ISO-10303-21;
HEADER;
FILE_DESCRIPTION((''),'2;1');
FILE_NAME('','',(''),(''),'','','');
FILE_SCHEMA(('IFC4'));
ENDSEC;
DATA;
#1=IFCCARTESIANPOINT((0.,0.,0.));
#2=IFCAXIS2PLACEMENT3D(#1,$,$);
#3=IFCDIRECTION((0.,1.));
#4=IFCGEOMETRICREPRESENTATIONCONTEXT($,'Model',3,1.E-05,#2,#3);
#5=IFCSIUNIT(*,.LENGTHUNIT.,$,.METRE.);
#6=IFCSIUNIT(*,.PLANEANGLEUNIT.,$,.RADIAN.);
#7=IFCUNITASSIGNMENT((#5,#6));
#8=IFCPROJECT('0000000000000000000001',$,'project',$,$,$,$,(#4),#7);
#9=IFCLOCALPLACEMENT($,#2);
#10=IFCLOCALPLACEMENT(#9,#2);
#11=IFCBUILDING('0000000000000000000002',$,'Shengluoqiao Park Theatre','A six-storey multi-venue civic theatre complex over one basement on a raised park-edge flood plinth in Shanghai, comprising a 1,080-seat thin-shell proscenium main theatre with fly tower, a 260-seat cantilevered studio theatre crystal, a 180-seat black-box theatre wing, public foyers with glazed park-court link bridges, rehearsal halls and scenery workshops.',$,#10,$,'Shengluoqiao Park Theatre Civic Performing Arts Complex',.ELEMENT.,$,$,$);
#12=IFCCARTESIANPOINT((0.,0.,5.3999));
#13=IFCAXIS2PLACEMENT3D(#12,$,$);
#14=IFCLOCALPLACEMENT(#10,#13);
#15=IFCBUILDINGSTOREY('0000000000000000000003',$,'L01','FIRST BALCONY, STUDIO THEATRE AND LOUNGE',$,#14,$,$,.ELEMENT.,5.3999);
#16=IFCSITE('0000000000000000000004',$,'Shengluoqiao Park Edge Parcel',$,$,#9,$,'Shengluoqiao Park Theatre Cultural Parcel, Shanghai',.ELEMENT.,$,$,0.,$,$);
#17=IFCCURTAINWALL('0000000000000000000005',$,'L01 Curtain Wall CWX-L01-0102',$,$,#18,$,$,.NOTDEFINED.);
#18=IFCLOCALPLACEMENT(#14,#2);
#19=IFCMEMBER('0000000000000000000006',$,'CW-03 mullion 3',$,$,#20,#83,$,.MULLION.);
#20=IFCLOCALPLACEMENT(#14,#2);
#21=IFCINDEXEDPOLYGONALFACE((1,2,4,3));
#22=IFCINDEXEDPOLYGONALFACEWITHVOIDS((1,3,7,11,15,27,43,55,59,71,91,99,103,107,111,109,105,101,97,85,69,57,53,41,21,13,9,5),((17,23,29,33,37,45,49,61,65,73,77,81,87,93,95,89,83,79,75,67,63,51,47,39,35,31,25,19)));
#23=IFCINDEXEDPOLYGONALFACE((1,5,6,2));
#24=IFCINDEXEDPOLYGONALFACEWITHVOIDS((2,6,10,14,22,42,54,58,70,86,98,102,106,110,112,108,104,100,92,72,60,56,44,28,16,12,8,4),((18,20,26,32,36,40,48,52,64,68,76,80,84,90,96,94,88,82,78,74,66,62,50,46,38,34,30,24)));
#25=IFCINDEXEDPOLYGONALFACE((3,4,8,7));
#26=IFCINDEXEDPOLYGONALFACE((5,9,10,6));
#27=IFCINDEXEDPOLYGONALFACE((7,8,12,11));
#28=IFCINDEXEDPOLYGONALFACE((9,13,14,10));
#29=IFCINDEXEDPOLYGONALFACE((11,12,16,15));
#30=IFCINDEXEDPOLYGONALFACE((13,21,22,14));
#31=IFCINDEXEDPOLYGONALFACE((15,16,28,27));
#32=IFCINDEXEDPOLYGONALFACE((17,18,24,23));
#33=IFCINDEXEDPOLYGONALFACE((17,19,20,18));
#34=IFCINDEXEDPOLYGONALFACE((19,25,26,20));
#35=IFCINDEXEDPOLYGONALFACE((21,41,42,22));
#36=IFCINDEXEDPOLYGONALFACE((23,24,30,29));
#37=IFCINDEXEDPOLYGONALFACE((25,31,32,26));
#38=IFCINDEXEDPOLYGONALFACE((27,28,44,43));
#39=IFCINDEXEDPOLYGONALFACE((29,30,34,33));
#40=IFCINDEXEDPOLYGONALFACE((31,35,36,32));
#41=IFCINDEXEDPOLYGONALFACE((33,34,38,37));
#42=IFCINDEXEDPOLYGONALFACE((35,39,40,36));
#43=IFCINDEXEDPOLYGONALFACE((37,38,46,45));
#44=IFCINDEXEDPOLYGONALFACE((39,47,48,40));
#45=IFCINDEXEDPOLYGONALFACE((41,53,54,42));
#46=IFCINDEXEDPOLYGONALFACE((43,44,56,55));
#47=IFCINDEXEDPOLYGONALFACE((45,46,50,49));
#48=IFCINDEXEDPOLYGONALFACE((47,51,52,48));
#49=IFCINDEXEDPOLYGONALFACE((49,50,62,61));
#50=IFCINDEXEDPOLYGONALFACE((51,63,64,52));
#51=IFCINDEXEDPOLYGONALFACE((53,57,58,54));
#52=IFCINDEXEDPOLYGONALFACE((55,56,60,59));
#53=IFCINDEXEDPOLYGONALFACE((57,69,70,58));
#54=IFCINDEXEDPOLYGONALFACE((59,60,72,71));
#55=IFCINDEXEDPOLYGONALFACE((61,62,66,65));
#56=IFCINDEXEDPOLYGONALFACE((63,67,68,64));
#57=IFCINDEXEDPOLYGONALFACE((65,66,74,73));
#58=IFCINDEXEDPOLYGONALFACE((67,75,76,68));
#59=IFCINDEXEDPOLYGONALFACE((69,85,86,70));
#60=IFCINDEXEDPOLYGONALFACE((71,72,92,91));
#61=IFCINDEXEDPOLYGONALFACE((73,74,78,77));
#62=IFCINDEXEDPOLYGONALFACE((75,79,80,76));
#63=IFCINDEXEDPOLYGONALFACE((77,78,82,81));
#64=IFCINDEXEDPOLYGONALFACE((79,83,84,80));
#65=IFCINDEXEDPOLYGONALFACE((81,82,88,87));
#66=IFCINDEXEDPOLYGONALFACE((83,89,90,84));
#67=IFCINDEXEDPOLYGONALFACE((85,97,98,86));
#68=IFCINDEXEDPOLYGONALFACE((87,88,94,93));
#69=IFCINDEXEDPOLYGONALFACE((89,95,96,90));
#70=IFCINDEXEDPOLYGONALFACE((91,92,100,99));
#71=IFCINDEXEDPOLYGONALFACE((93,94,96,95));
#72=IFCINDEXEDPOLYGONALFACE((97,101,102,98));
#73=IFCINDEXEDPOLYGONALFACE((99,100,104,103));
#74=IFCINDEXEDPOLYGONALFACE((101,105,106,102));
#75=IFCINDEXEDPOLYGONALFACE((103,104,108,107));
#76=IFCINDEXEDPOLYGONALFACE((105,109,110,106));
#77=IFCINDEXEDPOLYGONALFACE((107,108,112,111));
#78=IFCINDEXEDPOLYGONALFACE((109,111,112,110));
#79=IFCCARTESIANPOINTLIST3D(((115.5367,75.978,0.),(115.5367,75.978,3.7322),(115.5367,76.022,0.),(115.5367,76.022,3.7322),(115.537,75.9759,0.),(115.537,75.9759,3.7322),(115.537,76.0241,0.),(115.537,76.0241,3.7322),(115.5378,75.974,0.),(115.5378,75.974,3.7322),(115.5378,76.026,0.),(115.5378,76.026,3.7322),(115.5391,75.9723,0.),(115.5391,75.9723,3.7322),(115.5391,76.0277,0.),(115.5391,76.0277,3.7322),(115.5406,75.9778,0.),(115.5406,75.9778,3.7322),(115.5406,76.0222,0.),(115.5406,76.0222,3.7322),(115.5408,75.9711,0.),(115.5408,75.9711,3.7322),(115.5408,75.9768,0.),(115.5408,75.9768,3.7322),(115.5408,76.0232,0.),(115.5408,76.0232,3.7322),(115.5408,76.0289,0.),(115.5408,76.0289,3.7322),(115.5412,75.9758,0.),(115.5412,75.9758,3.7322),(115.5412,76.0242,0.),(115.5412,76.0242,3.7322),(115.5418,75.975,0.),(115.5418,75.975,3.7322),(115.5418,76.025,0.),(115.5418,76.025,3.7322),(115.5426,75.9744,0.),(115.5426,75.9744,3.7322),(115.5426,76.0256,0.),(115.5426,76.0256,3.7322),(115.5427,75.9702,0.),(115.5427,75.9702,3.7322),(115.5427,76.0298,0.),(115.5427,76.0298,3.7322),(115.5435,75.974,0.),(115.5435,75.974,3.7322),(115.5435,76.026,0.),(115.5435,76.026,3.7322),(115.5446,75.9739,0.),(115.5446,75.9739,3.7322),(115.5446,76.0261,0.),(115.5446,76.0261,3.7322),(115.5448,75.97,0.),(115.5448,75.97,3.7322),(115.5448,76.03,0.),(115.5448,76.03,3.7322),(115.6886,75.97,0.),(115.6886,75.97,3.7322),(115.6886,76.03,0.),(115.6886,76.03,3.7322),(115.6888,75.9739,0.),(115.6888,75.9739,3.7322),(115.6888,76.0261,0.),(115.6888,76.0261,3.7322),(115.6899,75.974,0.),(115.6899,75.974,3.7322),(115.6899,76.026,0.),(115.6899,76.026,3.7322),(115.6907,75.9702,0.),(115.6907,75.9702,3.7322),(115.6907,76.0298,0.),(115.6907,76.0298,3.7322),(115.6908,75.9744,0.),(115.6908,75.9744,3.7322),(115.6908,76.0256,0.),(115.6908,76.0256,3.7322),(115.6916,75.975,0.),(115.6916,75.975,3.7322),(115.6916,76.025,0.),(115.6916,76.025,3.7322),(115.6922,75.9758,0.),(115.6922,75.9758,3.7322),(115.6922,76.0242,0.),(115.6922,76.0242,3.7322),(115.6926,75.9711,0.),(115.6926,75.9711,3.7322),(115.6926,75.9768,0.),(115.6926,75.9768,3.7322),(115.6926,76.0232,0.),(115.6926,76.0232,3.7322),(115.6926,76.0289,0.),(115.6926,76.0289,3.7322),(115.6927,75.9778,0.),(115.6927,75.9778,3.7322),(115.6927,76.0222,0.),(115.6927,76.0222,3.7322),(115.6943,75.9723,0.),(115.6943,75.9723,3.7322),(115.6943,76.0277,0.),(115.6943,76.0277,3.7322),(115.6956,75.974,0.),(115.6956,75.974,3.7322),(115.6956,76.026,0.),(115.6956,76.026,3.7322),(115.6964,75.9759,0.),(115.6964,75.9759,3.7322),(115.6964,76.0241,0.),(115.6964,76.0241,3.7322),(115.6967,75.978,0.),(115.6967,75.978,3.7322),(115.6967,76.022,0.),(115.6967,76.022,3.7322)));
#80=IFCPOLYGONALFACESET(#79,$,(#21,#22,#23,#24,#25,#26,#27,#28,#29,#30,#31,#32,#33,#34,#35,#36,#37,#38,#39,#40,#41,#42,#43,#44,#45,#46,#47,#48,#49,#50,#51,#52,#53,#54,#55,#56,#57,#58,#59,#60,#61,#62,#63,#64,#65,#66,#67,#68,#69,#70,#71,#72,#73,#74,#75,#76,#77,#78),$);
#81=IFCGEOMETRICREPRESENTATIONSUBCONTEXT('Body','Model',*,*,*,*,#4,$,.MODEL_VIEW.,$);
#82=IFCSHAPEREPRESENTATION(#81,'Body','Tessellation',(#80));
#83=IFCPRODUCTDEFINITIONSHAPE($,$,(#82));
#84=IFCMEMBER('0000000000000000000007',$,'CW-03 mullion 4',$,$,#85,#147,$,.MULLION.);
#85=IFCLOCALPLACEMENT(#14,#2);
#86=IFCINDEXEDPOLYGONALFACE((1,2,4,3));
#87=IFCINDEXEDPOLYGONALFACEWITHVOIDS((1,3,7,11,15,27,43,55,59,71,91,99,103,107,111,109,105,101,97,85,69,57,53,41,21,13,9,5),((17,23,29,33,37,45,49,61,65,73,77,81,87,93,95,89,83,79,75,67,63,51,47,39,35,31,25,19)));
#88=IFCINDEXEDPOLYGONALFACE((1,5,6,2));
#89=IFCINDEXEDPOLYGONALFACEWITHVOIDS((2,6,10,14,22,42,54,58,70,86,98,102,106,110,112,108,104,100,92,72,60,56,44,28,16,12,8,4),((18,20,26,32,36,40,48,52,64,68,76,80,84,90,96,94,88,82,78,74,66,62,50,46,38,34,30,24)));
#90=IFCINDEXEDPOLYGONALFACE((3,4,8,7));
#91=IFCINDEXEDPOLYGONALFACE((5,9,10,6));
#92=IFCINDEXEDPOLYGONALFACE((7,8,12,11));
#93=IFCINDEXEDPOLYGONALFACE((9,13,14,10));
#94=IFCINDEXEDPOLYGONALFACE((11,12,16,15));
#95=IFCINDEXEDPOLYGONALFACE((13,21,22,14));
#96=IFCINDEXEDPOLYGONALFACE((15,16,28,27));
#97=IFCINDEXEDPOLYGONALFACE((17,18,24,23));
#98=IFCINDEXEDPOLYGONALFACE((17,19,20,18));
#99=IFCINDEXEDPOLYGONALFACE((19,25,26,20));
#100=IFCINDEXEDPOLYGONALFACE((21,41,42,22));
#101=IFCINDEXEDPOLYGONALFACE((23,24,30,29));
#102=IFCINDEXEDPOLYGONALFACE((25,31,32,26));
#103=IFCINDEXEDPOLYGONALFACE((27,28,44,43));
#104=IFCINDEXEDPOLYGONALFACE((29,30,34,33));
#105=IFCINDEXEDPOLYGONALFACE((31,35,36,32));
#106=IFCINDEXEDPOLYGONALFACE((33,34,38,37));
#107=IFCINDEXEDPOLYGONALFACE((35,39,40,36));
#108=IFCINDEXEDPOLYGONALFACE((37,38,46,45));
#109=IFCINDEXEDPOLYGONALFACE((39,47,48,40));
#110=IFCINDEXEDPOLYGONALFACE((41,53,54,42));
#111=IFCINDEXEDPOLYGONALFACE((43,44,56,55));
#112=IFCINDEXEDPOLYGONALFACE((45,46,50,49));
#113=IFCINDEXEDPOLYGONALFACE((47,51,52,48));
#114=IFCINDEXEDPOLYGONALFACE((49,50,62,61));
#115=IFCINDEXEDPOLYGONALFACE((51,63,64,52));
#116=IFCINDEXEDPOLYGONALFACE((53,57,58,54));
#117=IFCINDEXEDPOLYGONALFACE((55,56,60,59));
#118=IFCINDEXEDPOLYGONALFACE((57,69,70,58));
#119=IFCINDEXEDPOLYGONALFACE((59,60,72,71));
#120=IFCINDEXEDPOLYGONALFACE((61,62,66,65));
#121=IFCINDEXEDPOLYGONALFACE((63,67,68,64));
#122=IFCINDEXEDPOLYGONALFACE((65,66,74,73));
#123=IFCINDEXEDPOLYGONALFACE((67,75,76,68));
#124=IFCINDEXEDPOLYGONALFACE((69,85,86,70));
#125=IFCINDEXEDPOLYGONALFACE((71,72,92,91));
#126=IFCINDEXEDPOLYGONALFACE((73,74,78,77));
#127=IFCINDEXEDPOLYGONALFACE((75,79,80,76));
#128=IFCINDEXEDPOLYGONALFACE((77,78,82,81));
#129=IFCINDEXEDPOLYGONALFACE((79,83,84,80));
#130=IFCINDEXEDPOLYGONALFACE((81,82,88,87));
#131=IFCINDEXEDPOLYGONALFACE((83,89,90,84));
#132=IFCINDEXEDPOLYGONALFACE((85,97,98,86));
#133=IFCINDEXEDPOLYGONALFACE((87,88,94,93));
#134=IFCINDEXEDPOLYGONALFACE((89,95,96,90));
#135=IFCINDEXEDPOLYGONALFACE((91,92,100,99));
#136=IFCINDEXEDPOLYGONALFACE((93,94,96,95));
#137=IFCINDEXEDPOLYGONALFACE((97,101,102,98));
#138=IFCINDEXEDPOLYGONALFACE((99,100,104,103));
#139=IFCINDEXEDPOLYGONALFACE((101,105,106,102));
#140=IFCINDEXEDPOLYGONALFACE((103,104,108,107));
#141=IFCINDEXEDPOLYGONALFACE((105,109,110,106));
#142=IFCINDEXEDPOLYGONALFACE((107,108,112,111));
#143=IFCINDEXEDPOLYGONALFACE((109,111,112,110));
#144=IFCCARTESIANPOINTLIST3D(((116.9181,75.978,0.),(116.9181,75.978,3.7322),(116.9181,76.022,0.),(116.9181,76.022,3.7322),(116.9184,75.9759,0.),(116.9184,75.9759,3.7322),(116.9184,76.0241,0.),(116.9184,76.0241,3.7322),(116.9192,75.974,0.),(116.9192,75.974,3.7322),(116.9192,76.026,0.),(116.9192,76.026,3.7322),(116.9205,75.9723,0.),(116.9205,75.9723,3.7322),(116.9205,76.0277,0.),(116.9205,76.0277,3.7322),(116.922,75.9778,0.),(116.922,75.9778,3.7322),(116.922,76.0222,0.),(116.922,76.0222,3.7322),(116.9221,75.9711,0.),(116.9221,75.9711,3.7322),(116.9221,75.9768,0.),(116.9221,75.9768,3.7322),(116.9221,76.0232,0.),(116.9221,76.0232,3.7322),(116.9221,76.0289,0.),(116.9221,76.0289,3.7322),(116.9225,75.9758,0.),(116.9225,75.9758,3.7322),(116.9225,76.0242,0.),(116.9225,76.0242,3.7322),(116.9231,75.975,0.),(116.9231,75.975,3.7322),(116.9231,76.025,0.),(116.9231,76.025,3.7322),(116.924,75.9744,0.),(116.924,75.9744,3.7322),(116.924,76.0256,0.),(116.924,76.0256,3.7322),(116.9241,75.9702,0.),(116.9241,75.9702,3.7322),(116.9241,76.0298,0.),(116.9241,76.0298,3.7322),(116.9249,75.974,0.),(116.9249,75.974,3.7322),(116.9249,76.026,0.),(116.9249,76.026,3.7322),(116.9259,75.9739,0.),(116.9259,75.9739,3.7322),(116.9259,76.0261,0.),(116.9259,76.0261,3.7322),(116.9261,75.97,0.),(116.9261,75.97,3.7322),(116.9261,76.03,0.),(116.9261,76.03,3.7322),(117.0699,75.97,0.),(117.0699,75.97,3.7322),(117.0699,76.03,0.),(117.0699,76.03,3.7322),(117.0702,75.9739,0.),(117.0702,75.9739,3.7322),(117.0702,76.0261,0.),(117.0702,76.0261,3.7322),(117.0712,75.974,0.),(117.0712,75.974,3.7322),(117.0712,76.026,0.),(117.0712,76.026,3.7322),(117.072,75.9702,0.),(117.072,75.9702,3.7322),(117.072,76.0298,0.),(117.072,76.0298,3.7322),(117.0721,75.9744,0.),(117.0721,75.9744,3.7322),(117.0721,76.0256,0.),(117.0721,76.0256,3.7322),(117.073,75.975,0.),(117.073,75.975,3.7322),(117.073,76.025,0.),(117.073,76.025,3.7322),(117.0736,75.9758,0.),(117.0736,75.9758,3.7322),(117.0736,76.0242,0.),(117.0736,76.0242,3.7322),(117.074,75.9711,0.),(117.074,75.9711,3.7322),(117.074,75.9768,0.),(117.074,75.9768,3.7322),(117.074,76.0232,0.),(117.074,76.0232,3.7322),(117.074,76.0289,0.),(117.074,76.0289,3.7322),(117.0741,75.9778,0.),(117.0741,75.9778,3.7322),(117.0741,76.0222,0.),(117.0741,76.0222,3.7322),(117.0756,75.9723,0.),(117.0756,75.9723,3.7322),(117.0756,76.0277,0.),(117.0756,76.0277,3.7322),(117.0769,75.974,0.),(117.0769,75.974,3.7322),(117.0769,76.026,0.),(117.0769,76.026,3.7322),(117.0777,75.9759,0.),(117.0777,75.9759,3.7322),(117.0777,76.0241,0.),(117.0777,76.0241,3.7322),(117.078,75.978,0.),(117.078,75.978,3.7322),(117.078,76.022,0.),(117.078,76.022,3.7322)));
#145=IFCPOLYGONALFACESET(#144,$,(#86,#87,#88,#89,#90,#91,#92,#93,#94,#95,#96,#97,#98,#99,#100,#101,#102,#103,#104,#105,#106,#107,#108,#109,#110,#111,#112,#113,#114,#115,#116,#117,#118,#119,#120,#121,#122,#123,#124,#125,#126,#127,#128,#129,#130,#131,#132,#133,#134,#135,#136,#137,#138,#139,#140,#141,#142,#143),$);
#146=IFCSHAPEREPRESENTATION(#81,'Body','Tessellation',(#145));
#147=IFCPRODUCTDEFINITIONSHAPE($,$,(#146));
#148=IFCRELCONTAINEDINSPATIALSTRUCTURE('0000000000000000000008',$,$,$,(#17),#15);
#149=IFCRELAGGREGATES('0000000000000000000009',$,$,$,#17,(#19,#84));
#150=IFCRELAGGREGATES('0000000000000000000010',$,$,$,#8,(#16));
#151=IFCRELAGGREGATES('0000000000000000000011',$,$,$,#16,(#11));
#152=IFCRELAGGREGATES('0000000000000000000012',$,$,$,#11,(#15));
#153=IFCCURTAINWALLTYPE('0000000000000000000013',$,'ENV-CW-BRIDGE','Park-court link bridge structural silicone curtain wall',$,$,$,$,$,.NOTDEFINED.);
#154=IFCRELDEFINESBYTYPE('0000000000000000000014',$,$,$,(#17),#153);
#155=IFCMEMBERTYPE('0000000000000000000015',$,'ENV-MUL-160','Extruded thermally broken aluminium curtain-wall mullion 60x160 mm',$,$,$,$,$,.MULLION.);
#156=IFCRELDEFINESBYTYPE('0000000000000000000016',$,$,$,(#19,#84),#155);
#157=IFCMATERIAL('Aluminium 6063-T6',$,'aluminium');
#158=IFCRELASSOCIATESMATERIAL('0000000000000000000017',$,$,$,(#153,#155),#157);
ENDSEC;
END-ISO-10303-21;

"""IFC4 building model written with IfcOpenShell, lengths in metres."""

from ifc_helpers import new_model, si_unit, direction, frame, origin, origin_2d, place, context, subcontext, project, spatial, hollow_rectangle, extrude, material, material_profile, profile_set, type_object, element, aggregate, save


model = new_model("IFC4")

# Units and contexts
model_context = context("Model", 3, precision=1e-05, world=origin(), true_north=direction((0.0, 1.0)))
body_context = subcontext(model_context, "Body", "Model", "MODEL_VIEW")
ifc_project = project(units=[si_unit("LENGTHUNIT", "METRE"), si_unit("PLANEANGLEUNIT", "RADIAN")], contexts=[model_context])

# Site, building, storey
site_placement = place(None, origin())
site = spatial("IfcSite", under=ifc_project, at=site_placement, Name="Shengluoqiao Park Edge Parcel", LongName="Shengluoqiao Park Theatre Cultural Parcel, Shanghai", CompositionType="ELEMENT", RefElevation=0.0)
building_placement = place(site_placement, origin())
building = spatial("IfcBuilding", under=site, at=building_placement, Name="Shengluoqiao Park Theatre", Description="A six-storey multi-venue civic theatre complex over one basement on a raised park-edge flood plinth in Shanghai, comprising a 1,080-seat thin-shell proscenium main theatre with fly tower, a 260-seat cantilevered studio theatre crystal, a 180-seat black-box theatre wing, public foyers with glazed park-court link bridges, rehearsal halls and scenery workshops.", LongName="Shengluoqiao Park Theatre Civic Performing Arts Complex", CompositionType="ELEMENT")
storey_placement = place(building_placement, frame((0.0, 0.0, 5.3999)))
storey = spatial("IfcBuildingStorey", under=building, at=storey_placement, Name="L01", Description="FIRST BALCONY, STUDIO THEATRE AND LOUNGE", CompositionType="ELEMENT", Elevation=5.3999)

# Curtain wall, members
ifc_material_1 = material(Name="Aluminium 6063-T6", Category="aluminium")
curtain_wall_type = type_object("IfcCurtainWallType", Name="ENV-CW-BRIDGE", Description="Park-court link bridge structural silicone curtain wall", PredefinedType="NOTDEFINED", material=ifc_material_1)
curtain_wall_placement = place(storey_placement, origin())
curtain_wall = element("IfcCurtainWall", 1, at=curtain_wall_placement, inside=storey, type_object=curtain_wall_type, Name="L01 Curtain Wall CWX-L01-0102", PredefinedType="NOTDEFINED")
ifc_material_profile_1 = material_profile(ifc_material_1, hollow_rectangle(XDim=0.0601, YDim=0.1599, WallThickness=0.0039, InnerFilletRadius=0.0039, OuterFilletRadius=0.0081, at=origin_2d()), Name="ALU MULLION 160x60x4")
ifc_profile_set_1 = profile_set([ifc_material_profile_1], Name="Aluminium 6063-T6")
member_type_1 = type_object("IfcMemberType", Name="ENV-MUL-160", Description="Extruded thermally broken aluminium curtain-wall mullion 60x160 mm", PredefinedType="MULLION", material=ifc_profile_set_1)
member_1_placement = place(storey_placement, frame((115.6167, 76.0, 0.0), z_axis=(0.0, 0.0, 1.0), x_axis=(0.0, 1.0, 0.0)))
member_1 = element("IfcMember", 2, at=member_1_placement, type_object=member_type_1, Name="CW-03 mullion 3", PredefinedType="MULLION", context=body_context, shape_type="SweptSolid", body=[
    extrude(hollow_rectangle(XDim=0.0601, YDim=0.1599, WallThickness=0.0039, InnerFilletRadius=0.0039, OuterFilletRadius=0.0081, at=origin_2d()), origin(), (0.0, 0.0, 1.0), 3.7322),
])
member_2_placement = place(storey_placement, frame((116.998, 76.0, 0.0), z_axis=(0.0, 0.0, 1.0), x_axis=(0.0, 1.0, 0.0)))
member_2 = element("IfcMember", 3, at=member_2_placement, type_object=member_type_1, Name="CW-03 mullion 4", PredefinedType="MULLION", context=body_context, shape_type="SweptSolid", body=[
    extrude(hollow_rectangle(XDim=0.0601, YDim=0.1599, WallThickness=0.0039, InnerFilletRadius=0.0039, OuterFilletRadius=0.0081, at=origin_2d()), origin(), (0.0, 0.0, 1.0), 3.7322),
])

aggregate(curtain_wall, [member_1, member_2])

save(model, "model.ifc")
